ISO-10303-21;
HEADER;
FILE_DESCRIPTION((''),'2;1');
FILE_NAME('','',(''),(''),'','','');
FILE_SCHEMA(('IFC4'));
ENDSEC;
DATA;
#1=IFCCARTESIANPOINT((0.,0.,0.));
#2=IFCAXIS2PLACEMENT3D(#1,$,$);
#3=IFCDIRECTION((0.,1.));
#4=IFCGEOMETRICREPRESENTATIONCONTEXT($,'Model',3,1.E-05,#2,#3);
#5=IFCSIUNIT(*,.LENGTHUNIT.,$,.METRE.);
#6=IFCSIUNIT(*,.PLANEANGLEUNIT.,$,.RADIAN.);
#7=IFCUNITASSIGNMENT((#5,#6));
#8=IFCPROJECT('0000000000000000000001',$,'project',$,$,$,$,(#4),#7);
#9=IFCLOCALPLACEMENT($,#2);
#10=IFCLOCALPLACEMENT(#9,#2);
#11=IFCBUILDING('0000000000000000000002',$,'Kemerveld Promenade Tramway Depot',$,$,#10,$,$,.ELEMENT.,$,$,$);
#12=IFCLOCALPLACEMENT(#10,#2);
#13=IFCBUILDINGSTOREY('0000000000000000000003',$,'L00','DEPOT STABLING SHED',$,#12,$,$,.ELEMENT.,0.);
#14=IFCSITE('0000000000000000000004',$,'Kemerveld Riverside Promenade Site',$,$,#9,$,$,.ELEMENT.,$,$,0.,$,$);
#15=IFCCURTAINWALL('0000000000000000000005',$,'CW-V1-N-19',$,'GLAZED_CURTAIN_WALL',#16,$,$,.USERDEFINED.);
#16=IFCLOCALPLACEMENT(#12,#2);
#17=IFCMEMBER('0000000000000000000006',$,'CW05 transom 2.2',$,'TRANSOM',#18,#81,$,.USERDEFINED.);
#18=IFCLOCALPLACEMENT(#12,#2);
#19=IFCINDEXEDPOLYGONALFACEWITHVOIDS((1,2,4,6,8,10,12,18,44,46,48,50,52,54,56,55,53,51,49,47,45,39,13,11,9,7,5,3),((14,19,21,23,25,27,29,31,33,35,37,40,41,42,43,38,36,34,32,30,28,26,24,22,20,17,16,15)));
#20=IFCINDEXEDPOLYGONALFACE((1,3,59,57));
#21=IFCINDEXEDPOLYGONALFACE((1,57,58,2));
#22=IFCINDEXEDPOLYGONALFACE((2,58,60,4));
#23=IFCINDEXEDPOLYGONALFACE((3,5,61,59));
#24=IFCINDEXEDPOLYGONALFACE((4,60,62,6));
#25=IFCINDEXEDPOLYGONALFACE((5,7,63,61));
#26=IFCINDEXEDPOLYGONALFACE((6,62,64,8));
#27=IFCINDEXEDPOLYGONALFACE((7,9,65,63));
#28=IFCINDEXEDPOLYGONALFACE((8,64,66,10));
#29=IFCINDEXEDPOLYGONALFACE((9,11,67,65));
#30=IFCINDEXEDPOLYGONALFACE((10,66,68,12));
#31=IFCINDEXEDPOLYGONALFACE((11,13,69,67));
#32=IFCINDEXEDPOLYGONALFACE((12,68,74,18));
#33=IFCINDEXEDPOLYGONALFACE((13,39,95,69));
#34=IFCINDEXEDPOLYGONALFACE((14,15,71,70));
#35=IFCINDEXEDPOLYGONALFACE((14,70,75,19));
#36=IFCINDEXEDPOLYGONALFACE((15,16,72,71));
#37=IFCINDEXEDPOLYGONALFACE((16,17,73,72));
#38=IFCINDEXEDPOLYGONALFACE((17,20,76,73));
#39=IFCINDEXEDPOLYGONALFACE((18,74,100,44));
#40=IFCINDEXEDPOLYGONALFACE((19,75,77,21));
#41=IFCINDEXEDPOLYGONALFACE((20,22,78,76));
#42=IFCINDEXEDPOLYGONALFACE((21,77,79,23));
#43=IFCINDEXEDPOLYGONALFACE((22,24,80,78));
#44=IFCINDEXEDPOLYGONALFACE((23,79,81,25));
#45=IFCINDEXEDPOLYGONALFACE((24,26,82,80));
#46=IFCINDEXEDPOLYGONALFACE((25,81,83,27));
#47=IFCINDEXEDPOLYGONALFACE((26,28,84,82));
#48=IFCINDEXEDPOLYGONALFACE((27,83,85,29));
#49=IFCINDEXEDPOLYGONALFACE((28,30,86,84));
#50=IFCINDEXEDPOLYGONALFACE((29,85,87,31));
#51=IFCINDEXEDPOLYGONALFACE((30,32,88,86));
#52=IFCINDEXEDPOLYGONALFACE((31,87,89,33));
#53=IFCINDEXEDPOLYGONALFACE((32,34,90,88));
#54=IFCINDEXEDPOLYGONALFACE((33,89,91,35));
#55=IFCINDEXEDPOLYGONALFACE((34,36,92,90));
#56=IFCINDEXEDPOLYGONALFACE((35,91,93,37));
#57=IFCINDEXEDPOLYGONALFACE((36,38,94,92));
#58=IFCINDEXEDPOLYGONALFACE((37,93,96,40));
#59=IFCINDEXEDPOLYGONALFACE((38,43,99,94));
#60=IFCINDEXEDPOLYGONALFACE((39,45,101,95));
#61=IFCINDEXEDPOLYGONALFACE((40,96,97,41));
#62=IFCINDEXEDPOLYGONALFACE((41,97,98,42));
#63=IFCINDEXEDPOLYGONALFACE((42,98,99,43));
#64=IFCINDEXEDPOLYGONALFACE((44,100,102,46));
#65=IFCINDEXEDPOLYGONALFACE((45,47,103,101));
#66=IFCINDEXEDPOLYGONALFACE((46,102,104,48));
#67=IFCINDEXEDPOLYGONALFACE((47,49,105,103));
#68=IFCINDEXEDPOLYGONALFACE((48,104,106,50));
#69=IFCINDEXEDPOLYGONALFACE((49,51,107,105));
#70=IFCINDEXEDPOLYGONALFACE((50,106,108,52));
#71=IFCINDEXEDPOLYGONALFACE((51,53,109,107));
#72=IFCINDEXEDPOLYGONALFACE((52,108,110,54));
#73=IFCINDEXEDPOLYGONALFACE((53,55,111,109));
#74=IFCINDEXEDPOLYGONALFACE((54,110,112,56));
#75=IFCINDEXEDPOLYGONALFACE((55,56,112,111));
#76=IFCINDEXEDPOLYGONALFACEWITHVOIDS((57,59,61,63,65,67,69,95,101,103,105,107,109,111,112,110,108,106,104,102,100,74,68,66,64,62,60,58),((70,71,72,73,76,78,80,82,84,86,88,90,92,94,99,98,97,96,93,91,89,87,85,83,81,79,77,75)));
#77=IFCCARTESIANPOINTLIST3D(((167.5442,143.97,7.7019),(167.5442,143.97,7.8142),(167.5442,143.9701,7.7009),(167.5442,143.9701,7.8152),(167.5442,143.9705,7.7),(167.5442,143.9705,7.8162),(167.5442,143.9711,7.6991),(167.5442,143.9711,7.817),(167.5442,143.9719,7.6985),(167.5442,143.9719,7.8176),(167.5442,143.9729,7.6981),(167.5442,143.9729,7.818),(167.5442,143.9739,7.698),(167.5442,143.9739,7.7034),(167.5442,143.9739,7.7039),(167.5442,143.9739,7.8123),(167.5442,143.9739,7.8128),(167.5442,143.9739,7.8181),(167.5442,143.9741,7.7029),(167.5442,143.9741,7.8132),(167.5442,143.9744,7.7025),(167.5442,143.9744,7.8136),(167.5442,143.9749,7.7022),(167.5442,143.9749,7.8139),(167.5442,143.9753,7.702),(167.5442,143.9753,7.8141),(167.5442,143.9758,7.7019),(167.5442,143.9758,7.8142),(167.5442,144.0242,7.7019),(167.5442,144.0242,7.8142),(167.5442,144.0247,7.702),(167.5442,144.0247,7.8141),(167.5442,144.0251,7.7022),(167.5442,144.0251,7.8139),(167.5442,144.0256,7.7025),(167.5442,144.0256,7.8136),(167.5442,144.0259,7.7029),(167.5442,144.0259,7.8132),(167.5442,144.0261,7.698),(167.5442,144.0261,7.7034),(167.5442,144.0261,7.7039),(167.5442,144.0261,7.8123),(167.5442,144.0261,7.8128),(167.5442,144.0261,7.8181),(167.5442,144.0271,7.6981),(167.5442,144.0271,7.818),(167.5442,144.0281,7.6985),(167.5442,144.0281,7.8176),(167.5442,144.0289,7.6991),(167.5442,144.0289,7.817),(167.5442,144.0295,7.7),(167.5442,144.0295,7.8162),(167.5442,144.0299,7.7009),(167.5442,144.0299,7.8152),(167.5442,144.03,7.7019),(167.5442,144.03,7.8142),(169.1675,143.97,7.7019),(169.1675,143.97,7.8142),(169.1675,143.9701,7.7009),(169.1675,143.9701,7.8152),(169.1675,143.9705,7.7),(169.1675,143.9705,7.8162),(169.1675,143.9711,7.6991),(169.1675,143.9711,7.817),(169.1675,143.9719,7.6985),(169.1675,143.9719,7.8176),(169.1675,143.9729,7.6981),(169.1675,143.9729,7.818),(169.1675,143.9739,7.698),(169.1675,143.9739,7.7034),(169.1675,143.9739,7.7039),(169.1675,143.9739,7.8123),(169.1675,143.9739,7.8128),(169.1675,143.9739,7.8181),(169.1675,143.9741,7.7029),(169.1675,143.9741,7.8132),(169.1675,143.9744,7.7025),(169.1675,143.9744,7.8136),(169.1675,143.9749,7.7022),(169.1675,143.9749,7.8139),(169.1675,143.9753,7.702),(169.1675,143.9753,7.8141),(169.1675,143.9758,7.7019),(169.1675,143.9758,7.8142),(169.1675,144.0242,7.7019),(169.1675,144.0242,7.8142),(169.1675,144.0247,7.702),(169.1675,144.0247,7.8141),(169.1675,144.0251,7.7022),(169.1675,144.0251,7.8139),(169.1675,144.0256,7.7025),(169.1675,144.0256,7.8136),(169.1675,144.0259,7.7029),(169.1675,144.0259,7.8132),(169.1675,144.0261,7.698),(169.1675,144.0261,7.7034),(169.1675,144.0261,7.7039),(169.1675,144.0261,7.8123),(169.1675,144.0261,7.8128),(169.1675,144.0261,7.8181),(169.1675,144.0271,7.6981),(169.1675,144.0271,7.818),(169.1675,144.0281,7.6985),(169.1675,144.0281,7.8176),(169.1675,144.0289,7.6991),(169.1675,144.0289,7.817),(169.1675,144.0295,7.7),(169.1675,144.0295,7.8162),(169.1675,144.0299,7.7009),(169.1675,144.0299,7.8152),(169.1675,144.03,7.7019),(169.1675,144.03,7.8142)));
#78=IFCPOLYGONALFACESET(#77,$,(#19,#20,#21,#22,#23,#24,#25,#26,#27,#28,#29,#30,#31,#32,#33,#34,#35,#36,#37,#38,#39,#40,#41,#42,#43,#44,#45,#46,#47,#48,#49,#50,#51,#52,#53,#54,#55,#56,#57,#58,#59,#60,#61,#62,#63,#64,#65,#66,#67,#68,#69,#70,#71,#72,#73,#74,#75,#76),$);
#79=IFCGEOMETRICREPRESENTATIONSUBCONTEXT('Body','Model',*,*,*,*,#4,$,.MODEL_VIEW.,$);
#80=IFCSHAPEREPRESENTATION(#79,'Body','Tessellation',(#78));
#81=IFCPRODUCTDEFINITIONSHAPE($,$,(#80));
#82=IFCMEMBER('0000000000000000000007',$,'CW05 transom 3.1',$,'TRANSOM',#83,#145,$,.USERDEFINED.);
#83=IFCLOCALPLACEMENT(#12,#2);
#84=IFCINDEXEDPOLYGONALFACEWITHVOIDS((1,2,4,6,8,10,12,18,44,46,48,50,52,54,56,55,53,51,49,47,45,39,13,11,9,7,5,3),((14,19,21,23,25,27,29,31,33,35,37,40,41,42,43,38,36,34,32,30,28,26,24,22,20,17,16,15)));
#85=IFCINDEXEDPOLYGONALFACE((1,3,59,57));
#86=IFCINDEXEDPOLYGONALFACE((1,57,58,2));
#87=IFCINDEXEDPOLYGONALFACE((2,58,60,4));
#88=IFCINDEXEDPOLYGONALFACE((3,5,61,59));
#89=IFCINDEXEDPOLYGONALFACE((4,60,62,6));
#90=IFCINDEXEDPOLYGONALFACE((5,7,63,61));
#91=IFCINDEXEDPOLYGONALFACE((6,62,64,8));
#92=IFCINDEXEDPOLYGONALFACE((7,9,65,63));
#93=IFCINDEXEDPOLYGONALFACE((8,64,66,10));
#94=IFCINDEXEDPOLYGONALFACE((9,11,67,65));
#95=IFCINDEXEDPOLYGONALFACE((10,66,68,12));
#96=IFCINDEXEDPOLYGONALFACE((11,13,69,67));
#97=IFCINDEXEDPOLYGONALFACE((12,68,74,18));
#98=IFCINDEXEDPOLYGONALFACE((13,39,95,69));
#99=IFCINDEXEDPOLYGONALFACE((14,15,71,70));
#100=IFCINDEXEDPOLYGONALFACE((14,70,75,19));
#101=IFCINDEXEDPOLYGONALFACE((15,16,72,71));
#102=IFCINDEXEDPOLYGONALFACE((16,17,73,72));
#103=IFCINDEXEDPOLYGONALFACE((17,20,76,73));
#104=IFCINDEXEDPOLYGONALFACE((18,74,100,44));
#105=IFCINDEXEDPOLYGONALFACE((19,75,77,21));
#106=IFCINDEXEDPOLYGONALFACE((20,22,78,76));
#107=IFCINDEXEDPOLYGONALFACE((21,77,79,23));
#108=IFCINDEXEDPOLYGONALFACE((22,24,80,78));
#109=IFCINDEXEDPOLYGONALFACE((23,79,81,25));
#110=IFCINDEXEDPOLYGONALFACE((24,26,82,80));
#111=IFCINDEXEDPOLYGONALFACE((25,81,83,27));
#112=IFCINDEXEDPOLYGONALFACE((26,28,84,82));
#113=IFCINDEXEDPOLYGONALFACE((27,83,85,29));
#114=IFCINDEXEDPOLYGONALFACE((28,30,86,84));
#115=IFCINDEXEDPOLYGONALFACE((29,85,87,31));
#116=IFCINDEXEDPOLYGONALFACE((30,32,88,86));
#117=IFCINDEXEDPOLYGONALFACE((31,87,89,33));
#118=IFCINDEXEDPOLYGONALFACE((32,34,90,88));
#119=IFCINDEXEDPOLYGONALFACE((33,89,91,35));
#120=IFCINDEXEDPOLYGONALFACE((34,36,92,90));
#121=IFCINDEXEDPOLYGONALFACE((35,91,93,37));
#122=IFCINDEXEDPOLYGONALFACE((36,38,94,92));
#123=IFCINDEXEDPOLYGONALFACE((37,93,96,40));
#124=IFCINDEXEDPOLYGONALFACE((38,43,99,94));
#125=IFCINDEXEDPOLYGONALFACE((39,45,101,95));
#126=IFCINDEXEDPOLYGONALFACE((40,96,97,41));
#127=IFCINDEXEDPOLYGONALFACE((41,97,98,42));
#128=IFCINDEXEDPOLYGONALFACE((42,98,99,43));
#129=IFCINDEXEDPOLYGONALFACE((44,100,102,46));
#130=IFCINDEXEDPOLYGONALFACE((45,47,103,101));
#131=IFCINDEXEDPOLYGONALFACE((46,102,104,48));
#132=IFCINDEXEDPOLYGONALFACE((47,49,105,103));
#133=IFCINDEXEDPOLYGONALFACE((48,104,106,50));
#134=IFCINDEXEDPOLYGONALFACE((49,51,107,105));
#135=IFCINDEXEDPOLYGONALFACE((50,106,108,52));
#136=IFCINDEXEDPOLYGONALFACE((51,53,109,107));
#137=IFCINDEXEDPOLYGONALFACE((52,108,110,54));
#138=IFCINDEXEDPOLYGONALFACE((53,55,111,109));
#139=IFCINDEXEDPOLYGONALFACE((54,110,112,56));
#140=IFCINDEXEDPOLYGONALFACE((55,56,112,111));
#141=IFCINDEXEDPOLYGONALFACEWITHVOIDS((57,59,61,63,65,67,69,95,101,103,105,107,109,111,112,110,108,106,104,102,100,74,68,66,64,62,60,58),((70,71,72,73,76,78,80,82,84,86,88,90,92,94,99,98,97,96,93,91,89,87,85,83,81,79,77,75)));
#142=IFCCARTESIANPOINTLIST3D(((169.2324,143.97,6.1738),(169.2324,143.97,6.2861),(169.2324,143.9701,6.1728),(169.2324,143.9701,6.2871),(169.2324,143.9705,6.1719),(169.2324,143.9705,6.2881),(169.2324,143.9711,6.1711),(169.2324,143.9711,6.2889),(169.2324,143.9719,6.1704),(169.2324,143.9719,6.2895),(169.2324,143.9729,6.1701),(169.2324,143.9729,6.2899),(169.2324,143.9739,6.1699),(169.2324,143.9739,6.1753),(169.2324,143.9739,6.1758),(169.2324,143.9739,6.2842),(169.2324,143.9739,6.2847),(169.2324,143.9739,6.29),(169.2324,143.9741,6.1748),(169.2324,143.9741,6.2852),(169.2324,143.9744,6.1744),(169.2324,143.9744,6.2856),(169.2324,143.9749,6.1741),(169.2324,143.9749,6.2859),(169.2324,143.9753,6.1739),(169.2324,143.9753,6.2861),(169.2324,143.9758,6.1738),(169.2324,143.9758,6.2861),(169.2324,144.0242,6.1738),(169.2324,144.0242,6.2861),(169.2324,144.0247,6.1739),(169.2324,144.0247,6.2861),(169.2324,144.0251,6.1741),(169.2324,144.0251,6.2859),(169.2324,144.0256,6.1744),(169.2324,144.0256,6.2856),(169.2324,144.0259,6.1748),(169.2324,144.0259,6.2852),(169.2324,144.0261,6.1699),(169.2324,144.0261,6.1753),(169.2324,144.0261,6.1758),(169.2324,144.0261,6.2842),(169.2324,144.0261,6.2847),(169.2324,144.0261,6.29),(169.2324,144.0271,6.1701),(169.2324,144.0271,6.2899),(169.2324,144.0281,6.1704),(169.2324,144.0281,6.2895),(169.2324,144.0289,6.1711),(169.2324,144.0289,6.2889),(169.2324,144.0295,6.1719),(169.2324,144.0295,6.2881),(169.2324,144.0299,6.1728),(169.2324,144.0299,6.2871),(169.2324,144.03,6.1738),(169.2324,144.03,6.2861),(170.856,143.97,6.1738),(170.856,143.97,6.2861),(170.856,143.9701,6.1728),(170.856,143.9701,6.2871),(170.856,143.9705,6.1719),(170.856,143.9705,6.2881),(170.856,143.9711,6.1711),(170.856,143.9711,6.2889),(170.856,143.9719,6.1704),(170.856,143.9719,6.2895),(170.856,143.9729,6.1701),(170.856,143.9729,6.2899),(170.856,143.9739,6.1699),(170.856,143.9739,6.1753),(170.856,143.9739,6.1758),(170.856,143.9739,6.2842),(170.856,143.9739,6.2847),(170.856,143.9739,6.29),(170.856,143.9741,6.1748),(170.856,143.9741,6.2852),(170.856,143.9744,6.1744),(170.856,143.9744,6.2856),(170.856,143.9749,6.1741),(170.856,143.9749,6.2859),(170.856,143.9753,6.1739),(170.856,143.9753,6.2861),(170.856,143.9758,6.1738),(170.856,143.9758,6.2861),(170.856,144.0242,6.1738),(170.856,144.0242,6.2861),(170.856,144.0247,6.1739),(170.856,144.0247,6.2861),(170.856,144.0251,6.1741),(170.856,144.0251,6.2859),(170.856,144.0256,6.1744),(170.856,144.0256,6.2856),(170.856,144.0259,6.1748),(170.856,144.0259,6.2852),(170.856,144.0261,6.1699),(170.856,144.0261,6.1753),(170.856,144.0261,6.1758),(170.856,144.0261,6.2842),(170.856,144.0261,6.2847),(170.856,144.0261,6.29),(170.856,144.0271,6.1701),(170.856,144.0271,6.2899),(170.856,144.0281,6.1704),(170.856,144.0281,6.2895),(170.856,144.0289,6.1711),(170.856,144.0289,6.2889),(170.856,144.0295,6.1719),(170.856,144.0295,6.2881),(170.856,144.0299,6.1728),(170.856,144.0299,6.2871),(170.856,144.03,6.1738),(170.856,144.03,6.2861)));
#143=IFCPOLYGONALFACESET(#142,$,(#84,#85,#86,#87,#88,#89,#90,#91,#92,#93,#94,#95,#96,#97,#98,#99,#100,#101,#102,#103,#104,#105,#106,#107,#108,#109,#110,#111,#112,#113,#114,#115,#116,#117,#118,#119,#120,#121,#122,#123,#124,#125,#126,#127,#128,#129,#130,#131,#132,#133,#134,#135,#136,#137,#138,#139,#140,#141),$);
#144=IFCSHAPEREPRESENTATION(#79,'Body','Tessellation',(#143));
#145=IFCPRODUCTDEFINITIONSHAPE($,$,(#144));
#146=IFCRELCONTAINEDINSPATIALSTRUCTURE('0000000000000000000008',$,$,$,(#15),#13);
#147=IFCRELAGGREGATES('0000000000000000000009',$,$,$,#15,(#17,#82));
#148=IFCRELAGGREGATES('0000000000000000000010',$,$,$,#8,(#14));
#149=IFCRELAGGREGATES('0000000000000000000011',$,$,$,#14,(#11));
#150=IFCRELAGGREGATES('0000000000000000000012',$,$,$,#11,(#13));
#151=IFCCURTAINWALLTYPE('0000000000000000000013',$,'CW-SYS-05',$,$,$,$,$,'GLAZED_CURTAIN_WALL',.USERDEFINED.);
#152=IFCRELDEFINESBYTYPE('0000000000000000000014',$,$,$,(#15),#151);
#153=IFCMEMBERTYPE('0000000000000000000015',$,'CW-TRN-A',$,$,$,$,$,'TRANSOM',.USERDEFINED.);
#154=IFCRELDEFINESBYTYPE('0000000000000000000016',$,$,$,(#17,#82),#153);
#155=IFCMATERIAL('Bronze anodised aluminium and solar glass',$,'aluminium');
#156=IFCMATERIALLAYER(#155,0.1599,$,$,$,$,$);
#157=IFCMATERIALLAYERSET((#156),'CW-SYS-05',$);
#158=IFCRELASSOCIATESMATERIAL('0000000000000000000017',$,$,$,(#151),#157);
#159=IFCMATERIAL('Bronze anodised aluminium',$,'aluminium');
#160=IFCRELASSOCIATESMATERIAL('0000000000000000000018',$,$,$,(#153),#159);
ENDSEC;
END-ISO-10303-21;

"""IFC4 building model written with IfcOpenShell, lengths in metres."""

from ifc_helpers import new_model, si_unit, direction, frame, origin, origin_2d, place, context, subcontext, project, spatial, hollow_rectangle, extrude, material, layer, layer_set, material_profile, profile_set, type_object, element, aggregate, save


model = new_model("IFC4")

# Units and contexts
model_context = context("Model", 3, precision=1e-05, world=origin(), true_north=direction((0.0, 1.0)))
body_context = subcontext(model_context, "Body", "Model", "MODEL_VIEW")
ifc_project = project(units=[si_unit("LENGTHUNIT", "METRE"), si_unit("PLANEANGLEUNIT", "RADIAN")], contexts=[model_context])

# Site, building, storey
site_placement = place(None, origin())
site = spatial("IfcSite", under=ifc_project, at=site_placement, Name="Kemerveld Riverside Promenade Site", CompositionType="ELEMENT", RefElevation=0.0)
building_placement = place(site_placement, origin())
building = spatial("IfcBuilding", under=site, at=building_placement, Name="Kemerveld Promenade Tramway Depot", CompositionType="ELEMENT")
storey_placement = place(building_placement, origin())
storey = spatial("IfcBuildingStorey", under=building, at=storey_placement, Name="L00", Description="DEPOT STABLING SHED", CompositionType="ELEMENT", Elevation=0.0)

# Curtain wall
ifc_material_1 = material(Name="Bronze anodised aluminium and solar glass", Category="aluminium")
ifc_layer_1 = layer(ifc_material_1, 0.1599)
ifc_layer_set_1 = layer_set([ifc_layer_1], Name="CW-SYS-05")
curtain_wall_type_1 = type_object("IfcCurtainWallType", Name="CW-SYS-05", ElementType="GLAZED_CURTAIN_WALL", PredefinedType="USERDEFINED", material=ifc_layer_set_1)
curtain_wall_1_placement = place(storey_placement, origin())
curtain_wall_1 = element("IfcCurtainWall", 1, at=curtain_wall_1_placement, inside=storey, type_object=curtain_wall_type_1, Name="CW-V1-N-19", ObjectType="GLAZED_CURTAIN_WALL", PredefinedType="USERDEFINED")
ifc_material_2 = material(Name="Bronze anodised aluminium", Category="aluminium")

# Members
ifc_material_profile_1 = material_profile(ifc_material_2, hollow_rectangle(XDim=0.0601, YDim=0.1201, WallThickness=0.0039, InnerFilletRadius=0.002, OuterFilletRadius=0.0039, at=origin_2d()), Name="CW-TRN-120x60")
ifc_profile_set_1 = profile_set([ifc_material_profile_1], Name="Bronze anodised aluminium")
member_type_1 = type_object("IfcMemberType", Name="CW-TRN-A", ElementType="TRANSOM", PredefinedType="USERDEFINED", material=ifc_profile_set_1)
member_1_placement = place(storey_placement, frame((167.5442, 144.0, 7.7581), z_axis=(1.0, 0.0, 0.0), x_axis=(0.0, 1.0, 0.0)))
member_1 = element("IfcMember", 2, at=member_1_placement, type_object=member_type_1, Name="CW05 transom 2.2", ObjectType="TRANSOM", PredefinedType="USERDEFINED", context=body_context, shape_type="SweptSolid", body=[
    extrude(hollow_rectangle(XDim=0.0601, YDim=0.1201, WallThickness=0.0039, InnerFilletRadius=0.002, OuterFilletRadius=0.0039, at=origin_2d()), origin(), (0.0, 0.0, 1.0), 1.6233),
])
member_2_placement = place(storey_placement, frame((169.2324, 144.0, 6.23), z_axis=(1.0, 0.0, 0.0), x_axis=(0.0, 1.0, 0.0)))
member_2 = element("IfcMember", 3, at=member_2_placement, type_object=member_type_1, Name="CW05 transom 3.1", ObjectType="TRANSOM", PredefinedType="USERDEFINED", context=body_context, shape_type="SweptSolid", body=[
    extrude(hollow_rectangle(XDim=0.0601, YDim=0.1201, WallThickness=0.0039, InnerFilletRadius=0.002, OuterFilletRadius=0.0039, at=origin_2d()), origin(), (0.0, 0.0, 1.0), 1.6235),
])

aggregate(curtain_wall_1, [member_1, member_2])

save(model, "model.ifc")
